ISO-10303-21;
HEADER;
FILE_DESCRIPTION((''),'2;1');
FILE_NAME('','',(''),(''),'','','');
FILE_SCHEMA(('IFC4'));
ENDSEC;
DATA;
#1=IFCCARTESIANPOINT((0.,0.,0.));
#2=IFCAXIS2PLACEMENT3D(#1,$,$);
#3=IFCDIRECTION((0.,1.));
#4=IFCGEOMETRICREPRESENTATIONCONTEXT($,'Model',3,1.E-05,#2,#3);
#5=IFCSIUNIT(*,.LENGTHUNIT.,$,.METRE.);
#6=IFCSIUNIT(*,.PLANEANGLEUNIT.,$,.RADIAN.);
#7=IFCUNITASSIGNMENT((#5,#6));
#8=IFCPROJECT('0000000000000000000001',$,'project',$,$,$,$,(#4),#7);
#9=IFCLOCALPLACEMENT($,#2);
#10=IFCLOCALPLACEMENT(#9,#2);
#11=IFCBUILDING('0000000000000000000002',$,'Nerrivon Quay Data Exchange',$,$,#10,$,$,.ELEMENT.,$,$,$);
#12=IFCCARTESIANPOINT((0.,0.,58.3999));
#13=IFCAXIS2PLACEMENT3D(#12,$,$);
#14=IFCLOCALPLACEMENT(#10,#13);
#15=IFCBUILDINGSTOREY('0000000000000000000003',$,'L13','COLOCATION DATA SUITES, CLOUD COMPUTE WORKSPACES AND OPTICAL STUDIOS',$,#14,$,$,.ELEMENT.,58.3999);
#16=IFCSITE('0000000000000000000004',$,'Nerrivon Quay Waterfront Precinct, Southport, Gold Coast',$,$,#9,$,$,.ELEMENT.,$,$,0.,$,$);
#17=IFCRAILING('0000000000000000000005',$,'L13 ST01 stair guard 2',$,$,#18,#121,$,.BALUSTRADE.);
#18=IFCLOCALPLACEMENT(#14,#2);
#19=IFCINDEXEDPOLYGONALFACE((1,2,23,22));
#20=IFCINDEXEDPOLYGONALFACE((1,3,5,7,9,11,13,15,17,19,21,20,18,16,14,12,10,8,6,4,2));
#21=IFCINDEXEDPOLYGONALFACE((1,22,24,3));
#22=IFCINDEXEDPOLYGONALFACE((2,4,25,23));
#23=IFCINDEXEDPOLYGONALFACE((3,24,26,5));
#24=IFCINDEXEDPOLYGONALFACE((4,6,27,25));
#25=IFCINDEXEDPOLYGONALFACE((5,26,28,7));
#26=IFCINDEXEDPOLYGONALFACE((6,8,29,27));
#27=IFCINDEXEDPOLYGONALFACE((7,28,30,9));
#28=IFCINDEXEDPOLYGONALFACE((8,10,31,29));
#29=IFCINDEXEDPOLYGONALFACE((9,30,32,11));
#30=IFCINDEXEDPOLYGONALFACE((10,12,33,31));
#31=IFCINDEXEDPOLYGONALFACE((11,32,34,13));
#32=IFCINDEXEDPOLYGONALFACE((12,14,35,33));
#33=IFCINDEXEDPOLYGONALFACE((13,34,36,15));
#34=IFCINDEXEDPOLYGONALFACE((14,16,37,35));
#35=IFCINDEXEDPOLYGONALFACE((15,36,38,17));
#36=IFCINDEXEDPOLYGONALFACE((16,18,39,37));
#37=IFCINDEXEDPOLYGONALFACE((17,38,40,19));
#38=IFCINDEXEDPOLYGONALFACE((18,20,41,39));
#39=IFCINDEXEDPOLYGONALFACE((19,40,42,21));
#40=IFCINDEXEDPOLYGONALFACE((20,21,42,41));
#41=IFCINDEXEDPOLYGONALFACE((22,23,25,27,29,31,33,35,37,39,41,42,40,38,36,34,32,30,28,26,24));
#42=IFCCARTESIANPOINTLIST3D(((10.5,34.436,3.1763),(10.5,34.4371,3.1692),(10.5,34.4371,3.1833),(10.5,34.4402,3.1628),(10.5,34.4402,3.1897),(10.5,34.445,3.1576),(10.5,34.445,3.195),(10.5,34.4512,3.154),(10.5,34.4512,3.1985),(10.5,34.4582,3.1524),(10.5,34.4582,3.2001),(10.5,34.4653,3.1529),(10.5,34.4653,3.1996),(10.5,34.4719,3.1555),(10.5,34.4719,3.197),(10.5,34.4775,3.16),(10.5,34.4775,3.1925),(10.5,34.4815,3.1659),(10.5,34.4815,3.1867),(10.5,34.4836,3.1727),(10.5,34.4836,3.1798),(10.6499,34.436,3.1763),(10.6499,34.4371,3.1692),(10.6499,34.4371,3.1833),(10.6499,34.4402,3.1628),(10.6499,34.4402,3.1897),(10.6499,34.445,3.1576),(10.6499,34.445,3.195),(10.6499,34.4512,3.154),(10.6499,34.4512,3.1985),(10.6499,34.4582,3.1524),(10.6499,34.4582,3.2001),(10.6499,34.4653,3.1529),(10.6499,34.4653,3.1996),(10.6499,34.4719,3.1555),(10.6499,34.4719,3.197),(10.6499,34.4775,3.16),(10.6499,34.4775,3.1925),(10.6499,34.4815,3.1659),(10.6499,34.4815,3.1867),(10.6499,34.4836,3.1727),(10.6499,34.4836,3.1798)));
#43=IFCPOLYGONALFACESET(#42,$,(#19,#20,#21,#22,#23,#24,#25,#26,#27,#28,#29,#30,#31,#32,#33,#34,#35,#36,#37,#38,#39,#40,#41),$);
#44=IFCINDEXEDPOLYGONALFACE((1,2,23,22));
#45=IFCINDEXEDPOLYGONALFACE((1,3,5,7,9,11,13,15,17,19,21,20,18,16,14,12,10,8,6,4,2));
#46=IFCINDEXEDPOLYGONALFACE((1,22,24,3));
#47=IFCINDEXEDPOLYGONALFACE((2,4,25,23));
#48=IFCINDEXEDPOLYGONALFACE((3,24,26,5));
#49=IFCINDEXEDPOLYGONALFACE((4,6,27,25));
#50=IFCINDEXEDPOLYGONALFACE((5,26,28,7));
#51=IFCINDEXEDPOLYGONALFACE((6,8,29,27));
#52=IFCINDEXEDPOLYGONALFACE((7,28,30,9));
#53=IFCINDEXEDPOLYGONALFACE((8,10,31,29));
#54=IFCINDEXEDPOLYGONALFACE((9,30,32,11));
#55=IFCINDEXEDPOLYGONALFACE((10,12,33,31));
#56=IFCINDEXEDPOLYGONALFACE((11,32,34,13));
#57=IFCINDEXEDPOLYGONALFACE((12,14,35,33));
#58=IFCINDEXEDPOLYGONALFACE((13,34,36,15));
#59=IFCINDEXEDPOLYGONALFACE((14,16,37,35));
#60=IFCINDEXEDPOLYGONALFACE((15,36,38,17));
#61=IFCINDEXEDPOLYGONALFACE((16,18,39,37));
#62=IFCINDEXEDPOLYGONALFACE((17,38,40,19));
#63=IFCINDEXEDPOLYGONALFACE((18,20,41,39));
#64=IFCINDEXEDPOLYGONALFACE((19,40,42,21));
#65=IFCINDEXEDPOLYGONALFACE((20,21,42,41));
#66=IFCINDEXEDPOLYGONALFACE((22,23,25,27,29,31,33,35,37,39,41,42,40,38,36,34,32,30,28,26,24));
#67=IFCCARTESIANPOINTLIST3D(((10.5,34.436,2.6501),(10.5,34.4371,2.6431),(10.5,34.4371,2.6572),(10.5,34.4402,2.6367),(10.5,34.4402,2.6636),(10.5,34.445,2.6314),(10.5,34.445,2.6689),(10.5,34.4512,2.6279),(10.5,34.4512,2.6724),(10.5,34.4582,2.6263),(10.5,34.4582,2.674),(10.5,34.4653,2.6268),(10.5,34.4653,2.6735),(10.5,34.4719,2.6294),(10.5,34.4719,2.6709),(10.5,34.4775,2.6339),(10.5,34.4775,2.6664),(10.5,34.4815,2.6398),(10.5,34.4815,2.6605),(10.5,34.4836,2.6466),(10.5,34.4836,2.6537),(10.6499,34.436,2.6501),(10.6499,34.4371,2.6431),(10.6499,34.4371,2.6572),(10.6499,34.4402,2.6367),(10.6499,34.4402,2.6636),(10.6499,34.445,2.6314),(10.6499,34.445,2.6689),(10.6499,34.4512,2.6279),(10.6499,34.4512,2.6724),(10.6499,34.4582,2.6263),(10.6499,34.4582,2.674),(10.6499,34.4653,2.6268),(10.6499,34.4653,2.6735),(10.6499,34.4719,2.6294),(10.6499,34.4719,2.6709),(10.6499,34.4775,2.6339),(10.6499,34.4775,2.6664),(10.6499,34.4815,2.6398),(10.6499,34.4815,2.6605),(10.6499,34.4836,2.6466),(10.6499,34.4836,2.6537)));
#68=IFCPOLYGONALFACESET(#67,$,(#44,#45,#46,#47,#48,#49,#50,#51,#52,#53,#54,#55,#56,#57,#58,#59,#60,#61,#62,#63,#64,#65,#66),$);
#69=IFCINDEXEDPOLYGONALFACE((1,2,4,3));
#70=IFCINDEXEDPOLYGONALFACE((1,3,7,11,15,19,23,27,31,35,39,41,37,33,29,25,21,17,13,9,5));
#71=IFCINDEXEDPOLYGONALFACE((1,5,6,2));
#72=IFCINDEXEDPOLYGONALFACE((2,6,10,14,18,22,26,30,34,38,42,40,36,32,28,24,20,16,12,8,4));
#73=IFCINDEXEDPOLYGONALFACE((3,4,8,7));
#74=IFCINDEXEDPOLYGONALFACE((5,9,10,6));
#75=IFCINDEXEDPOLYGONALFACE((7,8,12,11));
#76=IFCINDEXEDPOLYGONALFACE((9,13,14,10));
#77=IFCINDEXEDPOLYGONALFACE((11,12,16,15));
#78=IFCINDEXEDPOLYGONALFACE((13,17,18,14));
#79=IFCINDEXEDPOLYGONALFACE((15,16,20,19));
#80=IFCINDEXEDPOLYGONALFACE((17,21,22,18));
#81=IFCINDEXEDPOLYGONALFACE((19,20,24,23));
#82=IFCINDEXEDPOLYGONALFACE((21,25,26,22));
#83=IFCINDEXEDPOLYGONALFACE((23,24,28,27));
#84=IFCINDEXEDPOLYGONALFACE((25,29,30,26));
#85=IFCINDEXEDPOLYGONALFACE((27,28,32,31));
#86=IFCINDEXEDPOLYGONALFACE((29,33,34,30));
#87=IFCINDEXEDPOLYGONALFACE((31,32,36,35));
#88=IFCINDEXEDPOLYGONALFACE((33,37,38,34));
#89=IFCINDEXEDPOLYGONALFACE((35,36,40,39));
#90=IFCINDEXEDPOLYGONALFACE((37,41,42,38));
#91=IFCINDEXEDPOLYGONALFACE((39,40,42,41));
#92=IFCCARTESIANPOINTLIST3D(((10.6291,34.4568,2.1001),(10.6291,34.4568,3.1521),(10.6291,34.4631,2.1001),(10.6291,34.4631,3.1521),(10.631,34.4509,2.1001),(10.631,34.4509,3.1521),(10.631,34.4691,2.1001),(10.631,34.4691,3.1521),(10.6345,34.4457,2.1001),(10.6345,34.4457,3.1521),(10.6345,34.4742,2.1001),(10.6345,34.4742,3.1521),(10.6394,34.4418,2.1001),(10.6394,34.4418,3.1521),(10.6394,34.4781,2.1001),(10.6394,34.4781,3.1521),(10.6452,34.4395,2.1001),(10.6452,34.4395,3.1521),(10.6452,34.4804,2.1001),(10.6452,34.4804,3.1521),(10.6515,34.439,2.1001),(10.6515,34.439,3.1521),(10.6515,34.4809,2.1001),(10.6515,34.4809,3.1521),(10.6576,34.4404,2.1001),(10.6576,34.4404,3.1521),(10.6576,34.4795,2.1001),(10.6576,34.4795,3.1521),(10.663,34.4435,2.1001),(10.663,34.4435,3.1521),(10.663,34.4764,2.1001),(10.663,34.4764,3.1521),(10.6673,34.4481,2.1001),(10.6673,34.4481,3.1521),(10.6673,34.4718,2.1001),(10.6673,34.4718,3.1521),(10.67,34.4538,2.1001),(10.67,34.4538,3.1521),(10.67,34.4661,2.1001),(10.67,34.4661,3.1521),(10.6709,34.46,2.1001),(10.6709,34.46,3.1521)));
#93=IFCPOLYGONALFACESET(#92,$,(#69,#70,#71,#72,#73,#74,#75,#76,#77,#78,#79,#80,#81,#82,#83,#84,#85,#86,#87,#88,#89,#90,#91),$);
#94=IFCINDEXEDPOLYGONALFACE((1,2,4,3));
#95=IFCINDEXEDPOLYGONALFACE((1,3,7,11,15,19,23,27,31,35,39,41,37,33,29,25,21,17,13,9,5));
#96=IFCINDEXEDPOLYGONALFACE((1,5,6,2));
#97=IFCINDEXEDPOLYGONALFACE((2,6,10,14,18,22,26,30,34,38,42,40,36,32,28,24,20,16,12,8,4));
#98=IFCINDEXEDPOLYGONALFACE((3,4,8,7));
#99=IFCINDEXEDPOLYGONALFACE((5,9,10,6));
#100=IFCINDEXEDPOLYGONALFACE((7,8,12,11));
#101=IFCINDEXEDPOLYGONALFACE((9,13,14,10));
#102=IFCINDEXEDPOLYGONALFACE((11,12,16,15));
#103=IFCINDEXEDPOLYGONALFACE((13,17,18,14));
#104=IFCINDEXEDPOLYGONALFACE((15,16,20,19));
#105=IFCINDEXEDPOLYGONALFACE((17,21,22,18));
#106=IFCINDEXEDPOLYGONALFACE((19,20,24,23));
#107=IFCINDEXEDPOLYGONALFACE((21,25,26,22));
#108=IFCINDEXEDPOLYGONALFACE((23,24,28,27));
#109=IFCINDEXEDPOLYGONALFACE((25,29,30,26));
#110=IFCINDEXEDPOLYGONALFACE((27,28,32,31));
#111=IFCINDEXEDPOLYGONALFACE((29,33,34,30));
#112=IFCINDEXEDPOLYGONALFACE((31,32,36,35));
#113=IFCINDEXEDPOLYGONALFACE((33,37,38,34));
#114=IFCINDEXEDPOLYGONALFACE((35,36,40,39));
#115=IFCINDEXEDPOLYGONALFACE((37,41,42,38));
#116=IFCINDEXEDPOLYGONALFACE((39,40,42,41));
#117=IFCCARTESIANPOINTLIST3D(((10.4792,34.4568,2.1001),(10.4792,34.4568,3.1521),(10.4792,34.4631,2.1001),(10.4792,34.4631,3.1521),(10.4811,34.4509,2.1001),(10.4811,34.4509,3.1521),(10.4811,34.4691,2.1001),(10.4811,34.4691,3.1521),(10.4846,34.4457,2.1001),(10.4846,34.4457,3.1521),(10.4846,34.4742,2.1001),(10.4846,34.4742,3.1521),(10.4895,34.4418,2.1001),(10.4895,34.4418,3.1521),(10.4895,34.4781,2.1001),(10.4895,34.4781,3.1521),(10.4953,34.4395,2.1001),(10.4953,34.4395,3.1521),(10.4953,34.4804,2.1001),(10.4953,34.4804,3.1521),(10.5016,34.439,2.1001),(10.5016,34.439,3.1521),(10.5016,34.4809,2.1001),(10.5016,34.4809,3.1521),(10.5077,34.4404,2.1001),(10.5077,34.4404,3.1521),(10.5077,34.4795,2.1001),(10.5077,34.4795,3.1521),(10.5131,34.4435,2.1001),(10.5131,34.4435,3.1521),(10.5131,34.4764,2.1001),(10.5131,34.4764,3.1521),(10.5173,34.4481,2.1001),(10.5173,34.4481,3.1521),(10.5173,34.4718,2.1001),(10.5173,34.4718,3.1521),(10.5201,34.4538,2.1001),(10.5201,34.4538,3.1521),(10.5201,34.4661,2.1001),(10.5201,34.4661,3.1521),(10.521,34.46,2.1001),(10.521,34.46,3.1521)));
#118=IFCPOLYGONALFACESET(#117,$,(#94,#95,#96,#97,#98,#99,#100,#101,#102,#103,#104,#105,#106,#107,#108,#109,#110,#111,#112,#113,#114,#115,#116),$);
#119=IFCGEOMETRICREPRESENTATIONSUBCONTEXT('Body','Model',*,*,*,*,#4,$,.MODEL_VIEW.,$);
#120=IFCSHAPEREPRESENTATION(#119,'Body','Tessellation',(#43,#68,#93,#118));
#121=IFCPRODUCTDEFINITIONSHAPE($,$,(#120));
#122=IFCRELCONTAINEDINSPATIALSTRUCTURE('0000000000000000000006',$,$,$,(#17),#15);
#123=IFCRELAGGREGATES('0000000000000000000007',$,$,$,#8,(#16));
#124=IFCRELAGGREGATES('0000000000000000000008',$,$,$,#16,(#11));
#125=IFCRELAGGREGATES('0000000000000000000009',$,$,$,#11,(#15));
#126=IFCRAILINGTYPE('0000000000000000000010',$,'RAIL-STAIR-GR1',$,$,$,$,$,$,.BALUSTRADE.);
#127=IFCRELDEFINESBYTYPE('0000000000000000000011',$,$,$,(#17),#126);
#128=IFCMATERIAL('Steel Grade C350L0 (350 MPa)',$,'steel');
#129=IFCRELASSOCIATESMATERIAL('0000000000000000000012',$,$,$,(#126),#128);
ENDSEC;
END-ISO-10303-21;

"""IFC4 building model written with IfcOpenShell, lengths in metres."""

from ifc_helpers import new_model, si_unit, direction, frame, origin, origin_2d, place, context, subcontext, project, spatial, circle, extrude, material, type_object, element, save


model = new_model("IFC4")

# Units and contexts
model_context = context("Model", 3, precision=1e-05, world=origin(), true_north=direction((0.0, 1.0)))
body_context = subcontext(model_context, "Body", "Model", "MODEL_VIEW")
ifc_project = project(units=[si_unit("LENGTHUNIT", "METRE"), si_unit("PLANEANGLEUNIT", "RADIAN")], contexts=[model_context])

# Site, building, storey
site_placement = place(None, origin())
site = spatial("IfcSite", under=ifc_project, at=site_placement, Name="Nerrivon Quay Waterfront Precinct, Southport, Gold Coast", CompositionType="ELEMENT", RefElevation=0.0)
building_placement = place(site_placement, origin())
building = spatial("IfcBuilding", under=site, at=building_placement, Name="Nerrivon Quay Data Exchange", CompositionType="ELEMENT")
storey_placement = place(building_placement, frame((0.0, 0.0, 58.3999)))
storey = spatial("IfcBuildingStorey", under=building, at=storey_placement, Name="L13", Description="COLOCATION DATA SUITES, CLOUD COMPUTE WORKSPACES AND OPTICAL STUDIOS", CompositionType="ELEMENT", Elevation=58.3999)

# Railing
ifc_material_1 = material(Name="Steel Grade C350L0 (350 MPa)", Category="steel")
railing_type_1 = type_object("IfcRailingType", Name="RAIL-STAIR-GR1", PredefinedType="BALUSTRADE", material=ifc_material_1)
railing_1_placement = place(storey_placement, frame((10.6499, 34.46, 2.1001)))
element("IfcRailing", 1, at=railing_1_placement, inside=storey, type_object=railing_type_1, Name="L13 ST01 stair guard 2", PredefinedType="BALUSTRADE", context=body_context, shape_type="SweptSolid", body=[
    extrude(circle(Radius=0.0239, at=origin_2d()), frame((0.0, 0.0, 1.0762), z_axis=(-1.0, 0.0, 0.0), x_axis=(0.0, -1.0, 0.0)), (0.0, 0.0, 1.0), 0.1499),
    extrude(circle(Radius=0.0239, at=origin_2d()), frame((0.0, 0.0, 0.55), z_axis=(-1.0, 0.0, 0.0), x_axis=(0.0, -1.0, 0.0)), (0.0, 0.0, 1.0), 0.1499),
    extrude(circle(Radius=0.021, at=origin_2d()), origin(), (0.0, 0.0, 1.0), 1.052),
    extrude(circle(Radius=0.021, at=origin_2d()), frame((-0.1499, 0.0, 0.0)), (0.0, 0.0, 1.0), 1.052),
])

save(model, "model.ifc")
